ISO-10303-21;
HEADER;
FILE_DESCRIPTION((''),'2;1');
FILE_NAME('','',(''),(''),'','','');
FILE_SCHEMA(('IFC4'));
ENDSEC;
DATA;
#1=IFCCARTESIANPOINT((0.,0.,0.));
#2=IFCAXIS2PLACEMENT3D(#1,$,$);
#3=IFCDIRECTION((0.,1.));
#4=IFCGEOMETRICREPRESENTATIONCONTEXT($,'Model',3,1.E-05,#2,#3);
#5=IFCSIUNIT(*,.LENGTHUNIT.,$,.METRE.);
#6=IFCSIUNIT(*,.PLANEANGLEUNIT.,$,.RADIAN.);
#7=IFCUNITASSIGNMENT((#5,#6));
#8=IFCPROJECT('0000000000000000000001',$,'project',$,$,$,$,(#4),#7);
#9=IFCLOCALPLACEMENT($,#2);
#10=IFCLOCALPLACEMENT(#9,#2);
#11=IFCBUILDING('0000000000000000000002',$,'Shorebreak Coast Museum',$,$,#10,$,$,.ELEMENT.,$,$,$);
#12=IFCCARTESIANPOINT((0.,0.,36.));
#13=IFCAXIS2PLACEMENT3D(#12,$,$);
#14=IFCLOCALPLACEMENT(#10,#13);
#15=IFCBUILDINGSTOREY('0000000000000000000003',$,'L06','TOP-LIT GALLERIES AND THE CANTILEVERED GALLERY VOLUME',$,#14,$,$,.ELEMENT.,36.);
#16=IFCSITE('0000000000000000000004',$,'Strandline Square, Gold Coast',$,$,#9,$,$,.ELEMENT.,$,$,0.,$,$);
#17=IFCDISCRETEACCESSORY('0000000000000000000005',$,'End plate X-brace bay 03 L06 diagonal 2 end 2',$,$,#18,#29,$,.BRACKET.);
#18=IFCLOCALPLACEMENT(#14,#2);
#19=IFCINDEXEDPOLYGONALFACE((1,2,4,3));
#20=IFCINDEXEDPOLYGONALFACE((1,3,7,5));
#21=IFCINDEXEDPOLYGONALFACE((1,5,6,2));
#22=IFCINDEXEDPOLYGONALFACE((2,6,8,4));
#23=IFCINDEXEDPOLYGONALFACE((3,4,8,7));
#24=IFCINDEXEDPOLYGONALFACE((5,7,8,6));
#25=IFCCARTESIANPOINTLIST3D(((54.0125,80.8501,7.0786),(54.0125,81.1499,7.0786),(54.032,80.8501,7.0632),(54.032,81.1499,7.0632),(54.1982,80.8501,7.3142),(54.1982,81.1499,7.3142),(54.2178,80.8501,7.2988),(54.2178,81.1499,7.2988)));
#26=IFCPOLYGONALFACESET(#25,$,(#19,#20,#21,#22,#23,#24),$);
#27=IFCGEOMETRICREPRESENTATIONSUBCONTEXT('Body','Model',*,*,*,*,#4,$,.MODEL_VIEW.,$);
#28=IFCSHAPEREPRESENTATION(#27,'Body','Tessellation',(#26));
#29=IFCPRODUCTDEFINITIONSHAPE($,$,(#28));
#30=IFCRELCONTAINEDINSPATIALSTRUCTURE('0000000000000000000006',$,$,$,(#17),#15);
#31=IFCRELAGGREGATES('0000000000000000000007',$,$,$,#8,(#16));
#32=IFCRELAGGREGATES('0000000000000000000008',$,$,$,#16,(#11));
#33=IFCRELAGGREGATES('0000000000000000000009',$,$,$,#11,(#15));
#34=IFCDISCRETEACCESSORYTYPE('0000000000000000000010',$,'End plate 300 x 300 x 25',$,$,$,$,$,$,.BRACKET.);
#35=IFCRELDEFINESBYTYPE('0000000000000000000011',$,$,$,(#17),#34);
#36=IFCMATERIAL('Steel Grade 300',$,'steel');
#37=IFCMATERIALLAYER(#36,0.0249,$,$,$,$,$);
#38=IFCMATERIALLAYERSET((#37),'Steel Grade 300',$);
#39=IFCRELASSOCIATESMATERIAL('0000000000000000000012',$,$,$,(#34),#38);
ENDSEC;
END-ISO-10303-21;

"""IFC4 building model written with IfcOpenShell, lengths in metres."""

from ifc_helpers import new_model, si_unit, direction, frame, origin, place, context, subcontext, project, spatial, polyline, outline, extrude, material, layer, layer_set, type_object, element, save


model = new_model("IFC4")

# Units and contexts
model_context = context("Model", 3, precision=1e-05, world=origin(), true_north=direction((0.0, 1.0)))
body_context = subcontext(model_context, "Body", "Model", "MODEL_VIEW")
ifc_project = project(units=[si_unit("LENGTHUNIT", "METRE"), si_unit("PLANEANGLEUNIT", "RADIAN")], contexts=[model_context])

# Site, building, storey
site_placement = place(None, origin())
site = spatial("IfcSite", under=ifc_project, at=site_placement, Name="Strandline Square, Gold Coast", CompositionType="ELEMENT", RefElevation=0.0)
building_placement = place(site_placement, origin())
building = spatial("IfcBuilding", under=site, at=building_placement, Name="Shorebreak Coast Museum", CompositionType="ELEMENT")
storey_placement = place(building_placement, frame((0.0, 0.0, 36.0)))
storey = spatial("IfcBuildingStorey", under=building, at=storey_placement, Name="L06", Description="TOP-LIT GALLERIES AND THE CANTILEVERED GALLERY VOLUME", CompositionType="ELEMENT", Elevation=36.0)

# Discrete accessory
ifc_material_1 = material(Name="Steel Grade 300", Category="steel")
ifc_layer_1 = layer(ifc_material_1, 0.0249)
ifc_layer_set_1 = layer_set([ifc_layer_1], Name="Steel Grade 300")
discrete_accessory_type_1 = type_object("IfcDiscreteAccessoryType", Name="End plate 300 x 300 x 25", PredefinedType="BRACKET", material=ifc_layer_set_1)
for number, where, z_axis, x_axis, name in (
    (1, (54.0125, 81.1499, 7.0786), (-0.785216, 0.0, 0.619222), (0.0, -1.0, 0.0), "End plate X-brace bay 03 L06 diagonal 2 end 2"),
):
    element("IfcDiscreteAccessory", number, at=place(storey_placement, frame(where, z_axis=z_axis, x_axis=x_axis)), inside=storey, type_object=discrete_accessory_type_1, Name=name, PredefinedType="BRACKET", context=body_context, shape_type="SweptSolid", body=[
        extrude(outline(polyline([(0.0, 0.0), (0.2998, 0.0), (0.2998, 0.3), (0.0, 0.3), (0.0, 0.0)])), origin(), (0.0, 0.0, -1.0), 0.0249),
    ])

save(model, "model.ifc")
